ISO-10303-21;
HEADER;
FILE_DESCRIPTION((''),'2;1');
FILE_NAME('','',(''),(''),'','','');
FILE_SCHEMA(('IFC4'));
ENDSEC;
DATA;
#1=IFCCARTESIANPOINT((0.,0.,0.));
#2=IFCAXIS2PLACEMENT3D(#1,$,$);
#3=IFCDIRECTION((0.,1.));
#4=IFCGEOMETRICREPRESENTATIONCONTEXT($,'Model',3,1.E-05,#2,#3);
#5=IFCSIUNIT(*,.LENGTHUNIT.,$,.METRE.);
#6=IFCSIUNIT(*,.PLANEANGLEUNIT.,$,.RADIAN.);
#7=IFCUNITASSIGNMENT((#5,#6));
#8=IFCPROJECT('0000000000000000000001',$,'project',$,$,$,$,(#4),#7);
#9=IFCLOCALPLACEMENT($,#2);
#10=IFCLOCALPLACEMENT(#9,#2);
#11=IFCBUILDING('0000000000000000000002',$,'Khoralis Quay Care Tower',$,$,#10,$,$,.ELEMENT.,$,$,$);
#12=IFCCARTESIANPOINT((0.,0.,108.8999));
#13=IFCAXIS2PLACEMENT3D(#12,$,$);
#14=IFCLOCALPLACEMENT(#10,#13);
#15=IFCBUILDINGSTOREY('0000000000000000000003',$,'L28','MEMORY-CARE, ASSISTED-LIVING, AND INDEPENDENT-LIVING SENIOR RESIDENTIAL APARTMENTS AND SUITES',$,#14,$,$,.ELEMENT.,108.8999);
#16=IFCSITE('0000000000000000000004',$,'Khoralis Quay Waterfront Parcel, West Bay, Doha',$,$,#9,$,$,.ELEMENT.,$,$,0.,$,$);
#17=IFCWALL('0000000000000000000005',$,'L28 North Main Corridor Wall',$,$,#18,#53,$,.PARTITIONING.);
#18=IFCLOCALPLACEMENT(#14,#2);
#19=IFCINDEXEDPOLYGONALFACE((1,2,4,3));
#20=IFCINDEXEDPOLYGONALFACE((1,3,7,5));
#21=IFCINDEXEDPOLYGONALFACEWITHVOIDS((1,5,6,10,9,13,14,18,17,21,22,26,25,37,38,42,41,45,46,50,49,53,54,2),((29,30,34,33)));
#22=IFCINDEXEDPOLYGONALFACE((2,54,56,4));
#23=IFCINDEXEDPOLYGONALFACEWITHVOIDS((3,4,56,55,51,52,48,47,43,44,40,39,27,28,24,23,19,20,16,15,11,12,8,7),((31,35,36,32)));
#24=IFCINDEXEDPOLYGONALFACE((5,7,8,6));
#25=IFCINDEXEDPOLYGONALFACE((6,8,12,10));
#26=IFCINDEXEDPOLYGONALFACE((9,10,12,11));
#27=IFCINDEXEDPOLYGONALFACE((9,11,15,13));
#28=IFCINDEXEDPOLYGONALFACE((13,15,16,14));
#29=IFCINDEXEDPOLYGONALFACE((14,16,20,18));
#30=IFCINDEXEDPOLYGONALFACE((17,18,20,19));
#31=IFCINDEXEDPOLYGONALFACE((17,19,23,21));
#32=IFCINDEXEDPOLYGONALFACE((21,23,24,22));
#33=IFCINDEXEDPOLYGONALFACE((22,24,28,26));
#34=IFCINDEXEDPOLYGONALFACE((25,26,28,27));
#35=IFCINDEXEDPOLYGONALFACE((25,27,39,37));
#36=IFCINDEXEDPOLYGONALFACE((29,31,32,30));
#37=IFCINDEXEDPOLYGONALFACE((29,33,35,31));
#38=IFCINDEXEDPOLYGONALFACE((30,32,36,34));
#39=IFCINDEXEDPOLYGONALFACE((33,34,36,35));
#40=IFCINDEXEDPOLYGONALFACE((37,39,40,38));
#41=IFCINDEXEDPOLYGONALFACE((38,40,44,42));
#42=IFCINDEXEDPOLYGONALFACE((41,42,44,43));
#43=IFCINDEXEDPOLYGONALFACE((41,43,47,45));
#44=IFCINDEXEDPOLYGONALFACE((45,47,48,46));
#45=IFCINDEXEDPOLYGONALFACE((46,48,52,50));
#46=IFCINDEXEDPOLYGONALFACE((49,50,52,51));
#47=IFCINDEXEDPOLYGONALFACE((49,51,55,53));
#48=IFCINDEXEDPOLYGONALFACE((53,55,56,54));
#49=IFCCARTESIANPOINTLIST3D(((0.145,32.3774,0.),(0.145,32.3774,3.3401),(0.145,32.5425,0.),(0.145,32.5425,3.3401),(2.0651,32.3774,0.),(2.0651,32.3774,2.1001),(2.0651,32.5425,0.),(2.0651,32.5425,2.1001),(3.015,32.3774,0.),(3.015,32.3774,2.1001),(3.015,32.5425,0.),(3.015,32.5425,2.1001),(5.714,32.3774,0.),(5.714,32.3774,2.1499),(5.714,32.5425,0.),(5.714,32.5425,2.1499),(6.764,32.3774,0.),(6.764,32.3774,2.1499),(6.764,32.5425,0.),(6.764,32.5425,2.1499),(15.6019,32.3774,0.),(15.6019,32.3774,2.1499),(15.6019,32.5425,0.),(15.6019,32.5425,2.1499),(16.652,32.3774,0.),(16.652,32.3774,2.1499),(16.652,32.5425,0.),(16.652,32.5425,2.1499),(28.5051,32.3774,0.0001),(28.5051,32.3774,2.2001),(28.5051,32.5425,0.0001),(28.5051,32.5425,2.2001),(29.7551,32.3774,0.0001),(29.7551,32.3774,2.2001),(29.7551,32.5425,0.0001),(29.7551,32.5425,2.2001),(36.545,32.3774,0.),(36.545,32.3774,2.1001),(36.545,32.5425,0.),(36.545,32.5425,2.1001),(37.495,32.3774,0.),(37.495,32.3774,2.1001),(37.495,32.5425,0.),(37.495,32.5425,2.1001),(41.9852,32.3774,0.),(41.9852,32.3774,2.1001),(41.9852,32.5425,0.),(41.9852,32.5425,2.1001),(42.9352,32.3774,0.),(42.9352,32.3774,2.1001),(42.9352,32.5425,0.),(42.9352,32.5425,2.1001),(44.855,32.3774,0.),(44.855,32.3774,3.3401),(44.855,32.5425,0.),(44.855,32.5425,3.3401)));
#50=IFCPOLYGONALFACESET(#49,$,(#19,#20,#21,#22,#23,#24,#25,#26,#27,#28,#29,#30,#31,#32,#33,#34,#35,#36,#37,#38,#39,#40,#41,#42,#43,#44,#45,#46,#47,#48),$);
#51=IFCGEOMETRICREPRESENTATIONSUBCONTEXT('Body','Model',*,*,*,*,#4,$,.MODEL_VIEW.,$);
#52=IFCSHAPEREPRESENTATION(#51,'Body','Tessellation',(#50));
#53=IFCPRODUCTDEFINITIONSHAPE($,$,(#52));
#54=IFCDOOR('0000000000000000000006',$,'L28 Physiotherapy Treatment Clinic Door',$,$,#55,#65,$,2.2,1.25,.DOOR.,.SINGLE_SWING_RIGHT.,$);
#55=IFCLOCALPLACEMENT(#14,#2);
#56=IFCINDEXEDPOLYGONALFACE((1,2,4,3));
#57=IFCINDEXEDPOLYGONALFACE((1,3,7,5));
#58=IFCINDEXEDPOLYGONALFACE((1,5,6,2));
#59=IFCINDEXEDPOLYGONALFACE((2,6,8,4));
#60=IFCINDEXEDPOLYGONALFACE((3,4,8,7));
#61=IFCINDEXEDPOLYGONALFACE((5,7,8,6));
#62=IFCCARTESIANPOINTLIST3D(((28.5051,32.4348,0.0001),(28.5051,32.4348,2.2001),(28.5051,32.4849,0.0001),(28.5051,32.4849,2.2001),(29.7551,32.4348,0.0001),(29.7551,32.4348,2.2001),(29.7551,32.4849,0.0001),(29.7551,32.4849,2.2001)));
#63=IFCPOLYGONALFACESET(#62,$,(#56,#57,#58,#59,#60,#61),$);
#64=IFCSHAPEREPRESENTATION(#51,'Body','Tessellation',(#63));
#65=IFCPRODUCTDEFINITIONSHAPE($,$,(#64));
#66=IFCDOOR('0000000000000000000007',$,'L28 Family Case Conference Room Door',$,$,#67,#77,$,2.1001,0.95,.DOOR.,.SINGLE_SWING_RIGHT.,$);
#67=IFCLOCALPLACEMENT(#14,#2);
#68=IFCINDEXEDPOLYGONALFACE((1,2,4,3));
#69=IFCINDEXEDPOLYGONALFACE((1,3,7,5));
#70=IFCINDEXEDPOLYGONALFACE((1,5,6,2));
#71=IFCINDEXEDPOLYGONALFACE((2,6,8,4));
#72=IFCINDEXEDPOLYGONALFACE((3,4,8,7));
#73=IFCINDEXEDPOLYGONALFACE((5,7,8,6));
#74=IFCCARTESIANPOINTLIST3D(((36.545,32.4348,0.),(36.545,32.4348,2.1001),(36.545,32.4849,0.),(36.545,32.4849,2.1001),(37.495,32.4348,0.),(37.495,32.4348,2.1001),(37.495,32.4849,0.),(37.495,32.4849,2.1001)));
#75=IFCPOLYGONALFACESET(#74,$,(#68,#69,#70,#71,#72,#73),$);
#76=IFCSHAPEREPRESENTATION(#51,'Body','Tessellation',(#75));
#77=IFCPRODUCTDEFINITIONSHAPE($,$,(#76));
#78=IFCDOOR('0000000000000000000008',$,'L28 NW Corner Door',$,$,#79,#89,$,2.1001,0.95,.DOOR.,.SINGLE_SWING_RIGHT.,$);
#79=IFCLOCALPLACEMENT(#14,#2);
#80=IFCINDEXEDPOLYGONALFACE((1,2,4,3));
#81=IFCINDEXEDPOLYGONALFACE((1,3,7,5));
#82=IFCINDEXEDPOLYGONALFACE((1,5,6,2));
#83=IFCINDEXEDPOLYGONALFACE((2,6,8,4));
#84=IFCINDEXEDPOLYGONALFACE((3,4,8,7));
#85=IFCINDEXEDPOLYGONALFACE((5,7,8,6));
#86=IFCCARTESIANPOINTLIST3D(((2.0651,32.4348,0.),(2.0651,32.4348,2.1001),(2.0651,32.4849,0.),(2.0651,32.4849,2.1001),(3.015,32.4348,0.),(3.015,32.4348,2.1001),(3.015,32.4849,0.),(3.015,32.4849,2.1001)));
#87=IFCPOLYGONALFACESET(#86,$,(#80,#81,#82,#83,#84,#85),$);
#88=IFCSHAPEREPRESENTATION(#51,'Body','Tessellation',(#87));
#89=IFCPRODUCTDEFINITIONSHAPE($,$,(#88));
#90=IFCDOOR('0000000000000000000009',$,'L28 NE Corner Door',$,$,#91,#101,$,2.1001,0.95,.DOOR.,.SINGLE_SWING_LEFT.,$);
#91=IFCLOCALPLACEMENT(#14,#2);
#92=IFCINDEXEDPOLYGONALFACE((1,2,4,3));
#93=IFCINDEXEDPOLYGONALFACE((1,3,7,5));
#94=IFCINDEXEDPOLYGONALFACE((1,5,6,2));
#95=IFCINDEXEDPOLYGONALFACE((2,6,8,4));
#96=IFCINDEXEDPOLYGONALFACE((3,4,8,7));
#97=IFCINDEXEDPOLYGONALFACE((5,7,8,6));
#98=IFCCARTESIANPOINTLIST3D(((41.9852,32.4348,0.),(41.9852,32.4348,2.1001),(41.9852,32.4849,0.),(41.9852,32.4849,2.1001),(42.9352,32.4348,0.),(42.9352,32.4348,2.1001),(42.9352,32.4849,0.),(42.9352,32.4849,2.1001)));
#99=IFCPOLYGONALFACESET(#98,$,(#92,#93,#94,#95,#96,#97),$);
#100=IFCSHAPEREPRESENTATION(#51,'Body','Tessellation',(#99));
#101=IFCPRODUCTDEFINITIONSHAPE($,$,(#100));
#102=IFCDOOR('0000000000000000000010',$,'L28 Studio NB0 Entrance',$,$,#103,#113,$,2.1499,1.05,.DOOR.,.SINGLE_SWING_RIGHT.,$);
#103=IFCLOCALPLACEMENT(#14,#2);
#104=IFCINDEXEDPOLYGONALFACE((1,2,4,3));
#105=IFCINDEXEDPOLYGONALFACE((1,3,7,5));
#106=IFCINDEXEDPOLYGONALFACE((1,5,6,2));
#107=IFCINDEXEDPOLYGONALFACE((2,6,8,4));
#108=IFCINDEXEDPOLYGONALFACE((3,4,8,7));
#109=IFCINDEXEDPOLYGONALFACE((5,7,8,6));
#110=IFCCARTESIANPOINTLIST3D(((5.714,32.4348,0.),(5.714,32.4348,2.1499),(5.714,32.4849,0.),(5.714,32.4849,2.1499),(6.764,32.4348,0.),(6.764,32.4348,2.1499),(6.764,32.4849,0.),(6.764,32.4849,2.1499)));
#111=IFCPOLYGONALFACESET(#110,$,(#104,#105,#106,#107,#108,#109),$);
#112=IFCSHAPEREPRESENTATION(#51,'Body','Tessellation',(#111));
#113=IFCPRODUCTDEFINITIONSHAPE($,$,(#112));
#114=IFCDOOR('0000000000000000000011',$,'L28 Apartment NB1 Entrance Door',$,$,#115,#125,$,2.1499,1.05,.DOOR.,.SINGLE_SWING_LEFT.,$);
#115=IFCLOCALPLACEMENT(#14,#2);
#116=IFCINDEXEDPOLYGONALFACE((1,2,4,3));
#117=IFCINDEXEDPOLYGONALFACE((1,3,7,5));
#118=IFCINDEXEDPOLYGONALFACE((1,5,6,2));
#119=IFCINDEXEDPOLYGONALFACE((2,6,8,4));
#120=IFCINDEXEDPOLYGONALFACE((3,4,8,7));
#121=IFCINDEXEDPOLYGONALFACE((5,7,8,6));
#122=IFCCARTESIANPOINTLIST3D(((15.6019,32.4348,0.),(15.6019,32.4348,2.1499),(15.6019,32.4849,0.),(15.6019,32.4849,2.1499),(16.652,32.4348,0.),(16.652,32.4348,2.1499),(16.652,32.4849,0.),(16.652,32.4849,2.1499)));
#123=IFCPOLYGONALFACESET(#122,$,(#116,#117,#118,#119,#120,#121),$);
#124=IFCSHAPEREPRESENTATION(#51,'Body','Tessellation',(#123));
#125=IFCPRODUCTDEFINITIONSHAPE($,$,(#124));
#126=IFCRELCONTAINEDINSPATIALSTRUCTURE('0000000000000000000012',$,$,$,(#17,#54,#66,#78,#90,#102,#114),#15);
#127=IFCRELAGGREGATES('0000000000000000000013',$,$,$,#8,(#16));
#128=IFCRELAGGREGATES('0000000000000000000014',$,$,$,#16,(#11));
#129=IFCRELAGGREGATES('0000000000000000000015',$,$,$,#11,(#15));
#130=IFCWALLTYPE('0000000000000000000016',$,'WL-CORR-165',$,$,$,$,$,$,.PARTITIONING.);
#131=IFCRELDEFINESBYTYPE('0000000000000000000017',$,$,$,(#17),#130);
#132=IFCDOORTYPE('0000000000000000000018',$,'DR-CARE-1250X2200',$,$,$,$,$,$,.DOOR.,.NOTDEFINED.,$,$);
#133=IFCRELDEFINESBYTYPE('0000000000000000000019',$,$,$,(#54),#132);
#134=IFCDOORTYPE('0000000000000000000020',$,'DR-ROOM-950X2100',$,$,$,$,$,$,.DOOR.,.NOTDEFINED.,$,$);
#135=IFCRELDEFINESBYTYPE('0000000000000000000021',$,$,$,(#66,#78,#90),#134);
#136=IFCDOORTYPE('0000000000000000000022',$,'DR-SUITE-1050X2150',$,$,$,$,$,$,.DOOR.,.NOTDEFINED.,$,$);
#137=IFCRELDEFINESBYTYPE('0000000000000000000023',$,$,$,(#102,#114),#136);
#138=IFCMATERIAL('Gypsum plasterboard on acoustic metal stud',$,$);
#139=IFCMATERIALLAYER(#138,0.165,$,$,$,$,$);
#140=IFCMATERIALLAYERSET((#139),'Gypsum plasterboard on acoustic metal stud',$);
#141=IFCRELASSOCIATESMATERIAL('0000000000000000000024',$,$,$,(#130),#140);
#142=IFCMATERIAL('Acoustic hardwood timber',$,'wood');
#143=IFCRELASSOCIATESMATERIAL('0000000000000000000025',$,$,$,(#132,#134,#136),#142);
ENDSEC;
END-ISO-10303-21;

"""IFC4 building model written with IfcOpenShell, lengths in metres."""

from ifc_helpers import new_model, si_unit, direction, frame, frame_2d, origin, place, context, subcontext, project, spatial, rectangle, extrude, source, transform, mapped, material, layer, layer_set, type_object, element, fill, save


model = new_model("IFC4")

# Units and contexts
model_context = context("Model", 3, precision=1e-05, world=origin(), true_north=direction((0.0, 1.0)))
body_context = subcontext(model_context, "Body", "Model", "MODEL_VIEW")
ifc_project = project(units=[si_unit("LENGTHUNIT", "METRE"), si_unit("PLANEANGLEUNIT", "RADIAN")], contexts=[model_context])

# Site, building, storey
site_placement = place(None, origin())
site = spatial("IfcSite", under=ifc_project, at=site_placement, Name="Khoralis Quay Waterfront Parcel, West Bay, Doha", CompositionType="ELEMENT", RefElevation=0.0)
building_placement = place(site_placement, origin())
building = spatial("IfcBuilding", under=site, at=building_placement, Name="Khoralis Quay Care Tower", CompositionType="ELEMENT")
storey_placement = place(building_placement, frame((0.0, 0.0, 108.8999)))
storey = spatial("IfcBuildingStorey", under=building, at=storey_placement, Name="L28", Description="MEMORY-CARE, ASSISTED-LIVING, AND INDEPENDENT-LIVING SENIOR RESIDENTIAL APARTMENTS AND SUITES", CompositionType="ELEMENT", Elevation=108.8999)

# Shared definitions
ifc_material_1 = material(Name="Gypsum plasterboard on acoustic metal stud")
ifc_layer_1 = layer(ifc_material_1, 0.165)
ifc_layer_set_1 = layer_set([ifc_layer_1], Name="Gypsum plasterboard on acoustic metal stud")
wall_type_1 = type_object("IfcWallType", Name="WL-CORR-165", PredefinedType="PARTITIONING", material=ifc_layer_set_1)

# Wall, openings, doors
wall_1_placement = place(storey_placement, frame((0.145, 32.46, 0.0), z_axis=(0.0, 0.0, 1.0), x_axis=(1.0, 0.0, 0.0)))
wall_1 = element("IfcWall", 1, at=wall_1_placement, inside=storey, type_object=wall_type_1, Name="L28 North Main Corridor Wall", PredefinedType="PARTITIONING", context=body_context, shape_type="SweptSolid", body=[
    extrude(rectangle(XDim=44.71, YDim=0.165, at=frame_2d((22.355, 0.0))), origin(), (0.0, 0.0, 1.0), 3.3401),
])
opening_1_placement = place(wall_1_placement, frame((5.5691, 0.0, 0.0)))
opening_1 = element("IfcOpeningElement", 2, at=opening_1_placement, cuts=wall_1, PredefinedType="OPENING", context=body_context, shape_type="SweptSolid", body=[
    extrude(rectangle(XDim=1.05, YDim=2.1499, at=frame_2d((0.5249, 1.075))), frame((0.0, 0.0925, 0.0), z_axis=(0.0, -1.0, 0.0), x_axis=(1.0, 0.0, 0.0)), (0.0, 0.0, 1.0), 0.1851),
])
opening_2_placement = place(wall_1_placement, frame((15.457, 0.0, 0.0)))
opening_2 = element("IfcOpeningElement", 3, at=opening_2_placement, cuts=wall_1, PredefinedType="OPENING", context=body_context, shape_type="SweptSolid", body=[
    extrude(rectangle(XDim=1.05, YDim=2.1499, at=frame_2d((0.5249, 1.075))), frame((0.0, 0.0925, 0.0), z_axis=(0.0, -1.0, 0.0), x_axis=(1.0, 0.0, 0.0)), (0.0, 0.0, 1.0), 0.1851),
])
opening_3_placement = place(wall_1_placement, frame((28.3601, 0.0, 0.0)))
opening_3 = element("IfcOpeningElement", 4, at=opening_3_placement, cuts=wall_1, PredefinedType="OPENING", context=body_context, shape_type="SweptSolid", body=[
    extrude(rectangle(XDim=1.25, YDim=2.2, at=frame_2d((0.625, 1.1001))), frame((0.0, 0.0925, 0.0), z_axis=(0.0, -1.0, 0.0), x_axis=(1.0, 0.0, 0.0)), (0.0, 0.0, 1.0), 0.1851),
])
opening_4_placement = place(wall_1_placement, frame((36.3999, 0.0, 0.0)))
opening_4 = element("IfcOpeningElement", 5, at=opening_4_placement, cuts=wall_1, PredefinedType="OPENING", context=body_context, shape_type="SweptSolid", body=[
    extrude(rectangle(XDim=0.95, YDim=2.1001, at=frame_2d((0.4751, 1.05))), frame((0.0, 0.0925, 0.0), z_axis=(0.0, -1.0, 0.0), x_axis=(1.0, 0.0, 0.0)), (0.0, 0.0, 1.0), 0.1851),
])
opening_5_placement = place(wall_1_placement, frame((1.9199, 0.0, 0.0)))
opening_5 = element("IfcOpeningElement", 6, at=opening_5_placement, cuts=wall_1, PredefinedType="OPENING", context=body_context, shape_type="SweptSolid", body=[
    extrude(rectangle(XDim=0.95, YDim=2.1001, at=frame_2d((0.4751, 1.05))), frame((0.0, 0.0925, 0.0), z_axis=(0.0, -1.0, 0.0), x_axis=(1.0, 0.0, 0.0)), (0.0, 0.0, 1.0), 0.1851),
])
opening_6_placement = place(wall_1_placement, frame((41.8401, 0.0, 0.0)))
opening_6 = element("IfcOpeningElement", 7, at=opening_6_placement, cuts=wall_1, PredefinedType="OPENING", context=body_context, shape_type="SweptSolid", body=[
    extrude(rectangle(XDim=0.95, YDim=2.1001, at=frame_2d((0.4751, 1.05))), frame((0.0, 0.0925, 0.0), z_axis=(0.0, -1.0, 0.0), x_axis=(1.0, 0.0, 0.0)), (0.0, 0.0, 1.0), 0.1851),
])
ifc_material_2 = material(Name="Acoustic hardwood timber", Category="wood")
door_type_1 = type_object("IfcDoorType", Name="DR-CARE-1250X2200", OperationType="NOTDEFINED", PredefinedType="DOOR", material=ifc_material_2)
shared_shape_1 = source(origin(), body_context, "Body", "SweptSolid", [
    extrude(rectangle(XDim=1.25, YDim=2.2, at=frame_2d((0.625, 1.1001))), frame((0.0, 0.0249, 0.0), z_axis=(0.0, -1.0, 0.0), x_axis=(1.0, 0.0, 0.0)), (0.0, 0.0, 1.0), 0.05),
])
door_1_placement = place(opening_3_placement, origin())
door_1 = element("IfcDoor", 8, at=door_1_placement, inside=storey, type_object=door_type_1, Name="L28 Physiotherapy Treatment Clinic Door", OperationType="SINGLE_SWING_RIGHT", OverallHeight=2.2, OverallWidth=1.25, PredefinedType="DOOR", context=body_context, shape_type="MappedRepresentation", body=[
    mapped(shared_shape_1, transform((0.0, 0.0, 0.0), scale=1.0)),
])
fill(opening_3, door_1)
door_type_2 = type_object("IfcDoorType", Name="DR-ROOM-950X2100", OperationType="NOTDEFINED", PredefinedType="DOOR", material=ifc_material_2)
shared_shape_2 = source(origin(), body_context, "Body", "SweptSolid", [
    extrude(rectangle(XDim=0.95, YDim=2.1001, at=frame_2d((0.4751, 1.05))), frame((0.0, 0.0249, 0.0), z_axis=(0.0, -1.0, 0.0), x_axis=(1.0, 0.0, 0.0)), (0.0, 0.0, 1.0), 0.05),
])
door_2_placement = place(opening_4_placement, origin())
door_2 = element("IfcDoor", 9, at=door_2_placement, inside=storey, type_object=door_type_2, Name="L28 Family Case Conference Room Door", OperationType="SINGLE_SWING_RIGHT", OverallHeight=2.1001, OverallWidth=0.95, PredefinedType="DOOR", context=body_context, shape_type="MappedRepresentation", body=[
    mapped(shared_shape_2, transform((0.0, 0.0, 0.0), scale=1.0)),
])
fill(opening_4, door_2)
door_3_placement = place(opening_5_placement, origin())
door_3 = element("IfcDoor", 10, at=door_3_placement, inside=storey, type_object=door_type_2, Name="L28 NW Corner Door", OperationType="SINGLE_SWING_RIGHT", OverallHeight=2.1001, OverallWidth=0.95, PredefinedType="DOOR", context=body_context, shape_type="MappedRepresentation", body=[
    mapped(shared_shape_2, transform((0.0, 0.0, 0.0), scale=1.0)),
])
fill(opening_5, door_3)
door_4_placement = place(opening_6_placement, origin())
door_4 = element("IfcDoor", 11, at=door_4_placement, inside=storey, type_object=door_type_2, Name="L28 NE Corner Door", OperationType="SINGLE_SWING_LEFT", OverallHeight=2.1001, OverallWidth=0.95, PredefinedType="DOOR", context=body_context, shape_type="MappedRepresentation", body=[
    mapped(shared_shape_2, transform((0.0, 0.0, 0.0), scale=1.0)),
])
fill(opening_6, door_4)
door_type_3 = type_object("IfcDoorType", Name="DR-SUITE-1050X2150", OperationType="NOTDEFINED", PredefinedType="DOOR", material=ifc_material_2)
shared_shape_3 = source(origin(), body_context, "Body", "SweptSolid", [
    extrude(rectangle(XDim=1.05, YDim=2.1499, at=frame_2d((0.5249, 1.075))), frame((0.0, 0.0249, 0.0), z_axis=(0.0, -1.0, 0.0), x_axis=(1.0, 0.0, 0.0)), (0.0, 0.0, 1.0), 0.05),
])
door_5_placement = place(opening_1_placement, origin())
door_5 = element("IfcDoor", 12, at=door_5_placement, inside=storey, type_object=door_type_3, Name="L28 Studio NB0 Entrance", OperationType="SINGLE_SWING_RIGHT", OverallHeight=2.1499, OverallWidth=1.05, PredefinedType="DOOR", context=body_context, shape_type="MappedRepresentation", body=[
    mapped(shared_shape_3, transform((0.0, 0.0, 0.0), scale=1.0)),
])
fill(opening_1, door_5)
door_6_placement = place(opening_2_placement, origin())
door_6 = element("IfcDoor", 13, at=door_6_placement, inside=storey, type_object=door_type_3, Name="L28 Apartment NB1 Entrance Door", OperationType="SINGLE_SWING_LEFT", OverallHeight=2.1499, OverallWidth=1.05, PredefinedType="DOOR", context=body_context, shape_type="MappedRepresentation", body=[
    mapped(shared_shape_3, transform((0.0, 0.0, 0.0), scale=1.0)),
])
fill(opening_2, door_6)

save(model, "model.ifc")
